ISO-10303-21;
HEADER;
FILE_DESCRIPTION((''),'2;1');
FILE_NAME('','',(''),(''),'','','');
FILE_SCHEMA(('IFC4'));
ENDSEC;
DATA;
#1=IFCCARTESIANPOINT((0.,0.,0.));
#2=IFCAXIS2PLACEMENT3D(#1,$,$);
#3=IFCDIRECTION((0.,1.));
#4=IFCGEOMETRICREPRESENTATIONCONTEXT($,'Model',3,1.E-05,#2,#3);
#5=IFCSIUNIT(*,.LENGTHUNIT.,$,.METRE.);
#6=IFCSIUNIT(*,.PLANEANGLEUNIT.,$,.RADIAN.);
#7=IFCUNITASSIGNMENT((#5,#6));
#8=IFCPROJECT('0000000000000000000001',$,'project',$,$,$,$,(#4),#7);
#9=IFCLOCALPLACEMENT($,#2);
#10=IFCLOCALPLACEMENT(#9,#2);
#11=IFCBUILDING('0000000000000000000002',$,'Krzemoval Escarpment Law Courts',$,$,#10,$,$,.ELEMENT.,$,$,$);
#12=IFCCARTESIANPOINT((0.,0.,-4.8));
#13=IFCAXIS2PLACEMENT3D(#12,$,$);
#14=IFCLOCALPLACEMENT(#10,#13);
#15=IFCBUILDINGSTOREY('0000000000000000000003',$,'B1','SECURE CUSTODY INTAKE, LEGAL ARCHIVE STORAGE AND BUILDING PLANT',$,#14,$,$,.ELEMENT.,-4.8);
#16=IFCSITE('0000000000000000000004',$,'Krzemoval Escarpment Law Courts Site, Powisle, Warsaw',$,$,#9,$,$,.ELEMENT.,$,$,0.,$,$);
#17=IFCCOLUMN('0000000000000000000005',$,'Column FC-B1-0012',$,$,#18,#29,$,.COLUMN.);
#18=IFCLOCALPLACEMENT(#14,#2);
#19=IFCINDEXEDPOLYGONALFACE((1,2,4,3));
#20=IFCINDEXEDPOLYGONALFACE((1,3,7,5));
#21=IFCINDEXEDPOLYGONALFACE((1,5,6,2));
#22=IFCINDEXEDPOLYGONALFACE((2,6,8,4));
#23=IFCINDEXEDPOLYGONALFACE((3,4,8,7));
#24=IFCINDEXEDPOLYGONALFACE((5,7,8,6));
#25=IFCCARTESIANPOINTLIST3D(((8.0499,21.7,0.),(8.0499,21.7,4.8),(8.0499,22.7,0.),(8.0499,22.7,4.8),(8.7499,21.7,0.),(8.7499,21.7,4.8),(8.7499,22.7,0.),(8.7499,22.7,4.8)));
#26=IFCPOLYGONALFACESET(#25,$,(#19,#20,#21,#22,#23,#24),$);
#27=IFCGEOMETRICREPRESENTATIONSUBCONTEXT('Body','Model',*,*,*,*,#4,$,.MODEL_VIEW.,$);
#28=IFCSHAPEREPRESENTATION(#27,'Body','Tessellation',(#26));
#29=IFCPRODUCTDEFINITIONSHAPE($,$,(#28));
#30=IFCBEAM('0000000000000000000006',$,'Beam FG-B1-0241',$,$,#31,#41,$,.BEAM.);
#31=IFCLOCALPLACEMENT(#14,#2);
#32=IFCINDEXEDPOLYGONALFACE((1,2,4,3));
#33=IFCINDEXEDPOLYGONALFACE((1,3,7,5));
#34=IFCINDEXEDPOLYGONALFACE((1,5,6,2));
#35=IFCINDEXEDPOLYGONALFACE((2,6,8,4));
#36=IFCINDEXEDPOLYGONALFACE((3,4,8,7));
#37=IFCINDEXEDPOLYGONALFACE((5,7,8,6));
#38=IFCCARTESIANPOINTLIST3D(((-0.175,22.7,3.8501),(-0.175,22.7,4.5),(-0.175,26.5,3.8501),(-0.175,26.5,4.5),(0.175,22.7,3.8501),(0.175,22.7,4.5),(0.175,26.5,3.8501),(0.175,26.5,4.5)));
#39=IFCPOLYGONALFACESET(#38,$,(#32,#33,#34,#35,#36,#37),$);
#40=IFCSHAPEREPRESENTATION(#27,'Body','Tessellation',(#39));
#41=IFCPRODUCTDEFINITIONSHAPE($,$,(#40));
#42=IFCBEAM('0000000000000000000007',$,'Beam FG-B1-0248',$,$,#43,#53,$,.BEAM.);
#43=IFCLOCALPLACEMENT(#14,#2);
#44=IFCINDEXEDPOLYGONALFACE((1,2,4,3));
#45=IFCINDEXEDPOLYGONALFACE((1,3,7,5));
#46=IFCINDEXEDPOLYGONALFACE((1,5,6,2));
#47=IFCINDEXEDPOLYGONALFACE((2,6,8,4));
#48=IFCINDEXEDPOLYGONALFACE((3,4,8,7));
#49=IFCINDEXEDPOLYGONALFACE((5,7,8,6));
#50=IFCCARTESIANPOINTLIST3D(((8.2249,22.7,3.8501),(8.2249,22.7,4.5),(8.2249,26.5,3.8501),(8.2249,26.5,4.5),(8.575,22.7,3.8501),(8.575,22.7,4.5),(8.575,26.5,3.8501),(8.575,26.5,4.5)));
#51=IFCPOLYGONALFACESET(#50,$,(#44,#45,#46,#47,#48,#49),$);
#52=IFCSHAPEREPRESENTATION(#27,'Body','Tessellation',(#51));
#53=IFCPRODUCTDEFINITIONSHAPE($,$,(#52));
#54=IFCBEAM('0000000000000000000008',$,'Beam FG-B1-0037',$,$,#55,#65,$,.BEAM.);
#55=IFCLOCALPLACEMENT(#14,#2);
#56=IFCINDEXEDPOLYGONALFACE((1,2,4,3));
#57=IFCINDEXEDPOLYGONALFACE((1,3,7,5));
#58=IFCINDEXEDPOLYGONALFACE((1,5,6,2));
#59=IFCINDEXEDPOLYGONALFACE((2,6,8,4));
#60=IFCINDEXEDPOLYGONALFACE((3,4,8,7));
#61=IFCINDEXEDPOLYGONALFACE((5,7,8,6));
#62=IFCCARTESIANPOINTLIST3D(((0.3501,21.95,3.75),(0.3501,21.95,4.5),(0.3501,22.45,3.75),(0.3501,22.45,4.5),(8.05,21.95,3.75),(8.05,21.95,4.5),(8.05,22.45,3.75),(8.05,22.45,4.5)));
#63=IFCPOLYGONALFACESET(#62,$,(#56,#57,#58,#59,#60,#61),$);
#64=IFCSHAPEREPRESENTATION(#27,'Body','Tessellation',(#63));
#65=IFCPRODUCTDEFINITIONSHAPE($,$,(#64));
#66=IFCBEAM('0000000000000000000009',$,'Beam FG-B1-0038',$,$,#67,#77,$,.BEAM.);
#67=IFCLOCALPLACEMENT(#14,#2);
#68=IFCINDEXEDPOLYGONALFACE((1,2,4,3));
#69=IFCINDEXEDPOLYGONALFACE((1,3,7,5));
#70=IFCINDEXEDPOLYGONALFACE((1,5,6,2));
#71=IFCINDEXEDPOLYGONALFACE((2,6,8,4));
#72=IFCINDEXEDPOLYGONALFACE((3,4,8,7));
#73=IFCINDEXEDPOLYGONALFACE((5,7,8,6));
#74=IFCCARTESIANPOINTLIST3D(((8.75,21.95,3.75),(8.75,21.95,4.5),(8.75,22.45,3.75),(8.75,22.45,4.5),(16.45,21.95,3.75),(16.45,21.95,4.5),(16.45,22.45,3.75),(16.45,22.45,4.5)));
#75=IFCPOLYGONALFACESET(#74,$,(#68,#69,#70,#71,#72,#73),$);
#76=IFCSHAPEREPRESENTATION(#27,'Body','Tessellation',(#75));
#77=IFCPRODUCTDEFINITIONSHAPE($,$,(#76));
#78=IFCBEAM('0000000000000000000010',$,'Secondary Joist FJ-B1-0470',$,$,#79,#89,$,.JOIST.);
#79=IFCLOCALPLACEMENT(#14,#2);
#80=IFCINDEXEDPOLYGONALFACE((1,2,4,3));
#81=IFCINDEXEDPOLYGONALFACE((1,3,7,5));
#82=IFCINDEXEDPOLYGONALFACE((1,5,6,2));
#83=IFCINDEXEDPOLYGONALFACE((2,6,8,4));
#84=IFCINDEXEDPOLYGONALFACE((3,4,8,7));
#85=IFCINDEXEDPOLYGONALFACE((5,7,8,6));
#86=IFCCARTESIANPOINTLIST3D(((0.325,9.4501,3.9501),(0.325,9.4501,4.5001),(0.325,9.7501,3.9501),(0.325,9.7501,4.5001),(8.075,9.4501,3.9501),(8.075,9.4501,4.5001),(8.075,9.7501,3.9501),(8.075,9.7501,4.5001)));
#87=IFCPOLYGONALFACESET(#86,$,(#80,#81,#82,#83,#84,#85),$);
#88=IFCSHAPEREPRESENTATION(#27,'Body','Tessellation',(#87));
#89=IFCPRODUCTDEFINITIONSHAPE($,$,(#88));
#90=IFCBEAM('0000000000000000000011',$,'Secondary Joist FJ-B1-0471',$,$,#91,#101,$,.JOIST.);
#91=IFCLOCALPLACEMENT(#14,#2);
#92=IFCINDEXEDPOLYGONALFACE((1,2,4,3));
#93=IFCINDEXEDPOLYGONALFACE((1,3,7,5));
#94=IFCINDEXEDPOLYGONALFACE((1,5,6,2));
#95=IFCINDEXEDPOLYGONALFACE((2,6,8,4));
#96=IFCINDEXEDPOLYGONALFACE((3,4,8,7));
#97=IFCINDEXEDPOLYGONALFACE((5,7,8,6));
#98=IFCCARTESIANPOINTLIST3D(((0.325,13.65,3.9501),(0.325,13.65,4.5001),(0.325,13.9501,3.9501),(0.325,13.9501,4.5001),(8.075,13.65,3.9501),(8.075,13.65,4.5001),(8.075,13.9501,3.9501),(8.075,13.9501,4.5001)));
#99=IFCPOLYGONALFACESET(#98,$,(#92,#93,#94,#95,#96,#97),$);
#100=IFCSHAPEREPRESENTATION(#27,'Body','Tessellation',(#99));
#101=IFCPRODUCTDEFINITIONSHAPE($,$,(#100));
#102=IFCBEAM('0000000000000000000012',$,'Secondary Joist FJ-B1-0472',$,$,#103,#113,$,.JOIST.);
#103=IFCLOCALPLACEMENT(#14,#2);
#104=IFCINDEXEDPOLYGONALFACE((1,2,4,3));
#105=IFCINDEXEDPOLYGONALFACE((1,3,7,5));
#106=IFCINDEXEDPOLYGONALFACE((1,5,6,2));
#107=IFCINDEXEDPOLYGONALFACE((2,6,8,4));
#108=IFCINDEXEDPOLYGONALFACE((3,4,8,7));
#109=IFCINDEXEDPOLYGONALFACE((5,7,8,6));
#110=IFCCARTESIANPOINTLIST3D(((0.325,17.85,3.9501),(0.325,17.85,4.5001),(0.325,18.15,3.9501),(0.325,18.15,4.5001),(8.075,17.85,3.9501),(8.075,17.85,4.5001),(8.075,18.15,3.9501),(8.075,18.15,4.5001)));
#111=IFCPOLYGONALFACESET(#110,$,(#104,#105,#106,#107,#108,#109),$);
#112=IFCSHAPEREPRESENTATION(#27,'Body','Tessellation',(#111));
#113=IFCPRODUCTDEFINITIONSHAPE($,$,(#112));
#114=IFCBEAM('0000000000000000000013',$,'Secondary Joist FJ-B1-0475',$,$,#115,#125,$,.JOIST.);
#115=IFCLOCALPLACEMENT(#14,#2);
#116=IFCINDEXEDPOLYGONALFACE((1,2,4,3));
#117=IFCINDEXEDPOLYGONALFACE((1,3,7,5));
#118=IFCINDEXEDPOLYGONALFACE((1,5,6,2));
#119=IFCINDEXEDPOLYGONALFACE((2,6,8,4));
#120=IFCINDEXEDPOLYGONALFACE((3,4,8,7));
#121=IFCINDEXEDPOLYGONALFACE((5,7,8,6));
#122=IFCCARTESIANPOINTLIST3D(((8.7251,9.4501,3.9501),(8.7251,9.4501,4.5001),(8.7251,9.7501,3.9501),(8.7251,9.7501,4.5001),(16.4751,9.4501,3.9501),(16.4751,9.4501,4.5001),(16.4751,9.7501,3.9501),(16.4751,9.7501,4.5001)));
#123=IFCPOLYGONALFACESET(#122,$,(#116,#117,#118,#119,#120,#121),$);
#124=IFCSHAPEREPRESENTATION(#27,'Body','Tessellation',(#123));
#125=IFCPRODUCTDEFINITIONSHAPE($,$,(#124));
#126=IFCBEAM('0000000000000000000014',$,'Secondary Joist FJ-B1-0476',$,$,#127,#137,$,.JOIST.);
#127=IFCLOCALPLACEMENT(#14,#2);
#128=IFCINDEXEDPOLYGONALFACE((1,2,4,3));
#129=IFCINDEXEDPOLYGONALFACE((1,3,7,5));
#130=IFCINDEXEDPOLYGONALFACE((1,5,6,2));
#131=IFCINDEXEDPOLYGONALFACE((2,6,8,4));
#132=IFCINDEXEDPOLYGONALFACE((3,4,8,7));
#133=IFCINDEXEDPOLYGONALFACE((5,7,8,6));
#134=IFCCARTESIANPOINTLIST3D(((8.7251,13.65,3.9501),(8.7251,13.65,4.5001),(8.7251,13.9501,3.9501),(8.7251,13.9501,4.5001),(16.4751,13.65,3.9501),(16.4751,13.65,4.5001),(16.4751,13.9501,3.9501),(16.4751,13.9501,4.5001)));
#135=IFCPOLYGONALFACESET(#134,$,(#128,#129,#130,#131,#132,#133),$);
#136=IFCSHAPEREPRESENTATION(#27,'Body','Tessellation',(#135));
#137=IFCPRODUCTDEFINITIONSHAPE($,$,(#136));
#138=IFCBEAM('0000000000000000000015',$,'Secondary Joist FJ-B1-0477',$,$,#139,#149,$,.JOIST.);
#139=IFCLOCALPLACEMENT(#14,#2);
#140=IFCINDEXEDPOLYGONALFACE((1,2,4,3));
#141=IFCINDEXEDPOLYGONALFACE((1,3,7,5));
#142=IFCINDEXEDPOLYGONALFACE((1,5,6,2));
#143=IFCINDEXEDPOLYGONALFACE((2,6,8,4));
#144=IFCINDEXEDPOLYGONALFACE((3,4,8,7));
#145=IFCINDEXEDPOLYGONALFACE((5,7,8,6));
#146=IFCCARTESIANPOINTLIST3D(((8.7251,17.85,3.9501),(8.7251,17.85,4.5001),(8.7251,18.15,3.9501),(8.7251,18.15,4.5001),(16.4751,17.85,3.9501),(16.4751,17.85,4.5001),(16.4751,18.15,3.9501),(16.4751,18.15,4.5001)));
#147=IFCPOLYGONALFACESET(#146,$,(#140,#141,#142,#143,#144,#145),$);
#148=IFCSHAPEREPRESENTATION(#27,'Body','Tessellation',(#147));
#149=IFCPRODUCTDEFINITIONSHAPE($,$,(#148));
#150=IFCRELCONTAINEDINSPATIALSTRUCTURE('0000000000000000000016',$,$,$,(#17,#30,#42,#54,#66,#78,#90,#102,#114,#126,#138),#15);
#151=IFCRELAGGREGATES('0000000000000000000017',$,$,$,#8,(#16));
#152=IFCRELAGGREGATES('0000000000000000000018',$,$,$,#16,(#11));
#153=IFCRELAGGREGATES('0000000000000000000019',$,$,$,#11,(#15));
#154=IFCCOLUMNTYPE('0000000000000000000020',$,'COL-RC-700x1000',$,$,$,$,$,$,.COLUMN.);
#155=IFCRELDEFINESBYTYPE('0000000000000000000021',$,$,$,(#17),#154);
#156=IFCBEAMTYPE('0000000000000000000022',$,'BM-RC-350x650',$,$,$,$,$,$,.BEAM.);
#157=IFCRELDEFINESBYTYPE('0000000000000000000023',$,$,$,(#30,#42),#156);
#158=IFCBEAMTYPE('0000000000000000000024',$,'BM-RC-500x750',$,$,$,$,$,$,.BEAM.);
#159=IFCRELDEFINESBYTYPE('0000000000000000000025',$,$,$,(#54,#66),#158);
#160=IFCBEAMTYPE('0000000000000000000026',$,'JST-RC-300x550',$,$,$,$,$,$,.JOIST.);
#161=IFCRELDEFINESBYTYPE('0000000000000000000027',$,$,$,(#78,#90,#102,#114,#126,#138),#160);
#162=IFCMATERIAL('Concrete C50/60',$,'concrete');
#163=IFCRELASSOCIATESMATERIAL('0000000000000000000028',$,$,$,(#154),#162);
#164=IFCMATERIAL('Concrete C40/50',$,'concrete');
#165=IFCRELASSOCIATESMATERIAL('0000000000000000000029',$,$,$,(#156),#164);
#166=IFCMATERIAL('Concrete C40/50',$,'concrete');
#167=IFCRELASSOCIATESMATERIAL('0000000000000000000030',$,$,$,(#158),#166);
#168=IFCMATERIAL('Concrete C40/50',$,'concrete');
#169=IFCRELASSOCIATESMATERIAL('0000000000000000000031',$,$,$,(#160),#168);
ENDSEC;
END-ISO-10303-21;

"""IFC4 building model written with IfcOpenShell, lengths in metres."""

from ifc_helpers import new_model, si_unit, direction, frame, origin, origin_2d, place, context, subcontext, project, spatial, rectangle, extrude, material, material_profile, profile_set, type_object, element, save


model = new_model("IFC4")

# Units and contexts
model_context = context("Model", 3, precision=1e-05, world=origin(), true_north=direction((0.0, 1.0)))
body_context = subcontext(model_context, "Body", "Model", "MODEL_VIEW")
ifc_project = project(units=[si_unit("LENGTHUNIT", "METRE"), si_unit("PLANEANGLEUNIT", "RADIAN")], contexts=[model_context])

# Site, building, storey
site_placement = place(None, origin())
site = spatial("IfcSite", under=ifc_project, at=site_placement, Name="Krzemoval Escarpment Law Courts Site, Powisle, Warsaw", CompositionType="ELEMENT", RefElevation=0.0)
building_placement = place(site_placement, origin())
building = spatial("IfcBuilding", under=site, at=building_placement, Name="Krzemoval Escarpment Law Courts", CompositionType="ELEMENT")
storey_placement = place(building_placement, frame((0.0, 0.0, -4.8)))
storey = spatial("IfcBuildingStorey", under=building, at=storey_placement, Name="B1", Description="SECURE CUSTODY INTAKE, LEGAL ARCHIVE STORAGE AND BUILDING PLANT", CompositionType="ELEMENT", Elevation=-4.8)

# Column
ifc_material_1 = material(Name="Concrete C50/60", Category="concrete")
ifc_material_profile_1 = material_profile(ifc_material_1, rectangle(XDim=0.7, YDim=1.0, at=origin_2d()), Name="RC 700x1000")
ifc_profile_set_1 = profile_set([ifc_material_profile_1], Name="Concrete C50/60")
column_type = type_object("IfcColumnType", Name="COL-RC-700x1000", PredefinedType="COLUMN", material=ifc_profile_set_1)
for number, where, z_axis, x_axis, name in (
    (1, (8.3999, 22.2, 0.0), (0.0, 0.0, 1.0), (1.0, 0.0, 0.0), "Column FC-B1-0012"),
):
    element("IfcColumn", number, at=place(storey_placement, frame(where, z_axis=z_axis, x_axis=x_axis)), inside=storey, type_object=column_type, Name=name, PredefinedType="COLUMN", context=body_context, shape_type="SweptSolid", body=[
        extrude(rectangle(XDim=0.7, YDim=1.0, at=origin_2d()), origin(), (0.0, 0.0, 1.0), 4.8),
    ])

# Beams
ifc_material_2 = material(Name="Concrete C40/50", Category="concrete")
ifc_material_profile_2 = material_profile(ifc_material_2, rectangle(XDim=0.3501, YDim=0.6499, at=origin_2d()), Name="RCB 350x650")
ifc_profile_set_2 = profile_set([ifc_material_profile_2], Name="Concrete C40/50")
beam_type_1 = type_object("IfcBeamType", Name="BM-RC-350x650", PredefinedType="BEAM", material=ifc_profile_set_2)
for number, where, z_axis, x_axis, name in (
    (2, (0.0, 22.7, 4.175), (0.0, 1.0, 0.0), (-1.0, 0.0, 0.0), "Beam FG-B1-0241"),
    (3, (8.3999, 22.7, 4.175), (0.0, 1.0, 0.0), (-1.0, 0.0, 0.0), "Beam FG-B1-0248"),
):
    element("IfcBeam", number, at=place(storey_placement, frame(where, z_axis=z_axis, x_axis=x_axis)), inside=storey, type_object=beam_type_1, Name=name, PredefinedType="BEAM", context=body_context, shape_type="SweptSolid", body=[
        extrude(rectangle(XDim=0.3501, YDim=0.6499, at=origin_2d()), origin(), (0.0, 0.0, 1.0), 3.8),
    ])
ifc_material_3 = material(Name="Concrete C40/50", Category="concrete")
ifc_material_profile_3 = material_profile(ifc_material_3, rectangle(XDim=0.5, YDim=0.75, at=origin_2d()), Name="RCB 500x750")
ifc_profile_set_3 = profile_set([ifc_material_profile_3], Name="Concrete C40/50")
beam_type_2 = type_object("IfcBeamType", Name="BM-RC-500x750", PredefinedType="BEAM", material=ifc_profile_set_3)
for number, where, z_axis, x_axis, name in (
    (4, (0.3501, 22.2, 4.125), (1.0, 0.0, 0.0), (0.0, 1.0, 0.0), "Beam FG-B1-0037"),
    (5, (8.75, 22.2, 4.125), (1.0, 0.0, 0.0), (0.0, 1.0, 0.0), "Beam FG-B1-0038"),
):
    element("IfcBeam", number, at=place(storey_placement, frame(where, z_axis=z_axis, x_axis=x_axis)), inside=storey, type_object=beam_type_2, Name=name, PredefinedType="BEAM", context=body_context, shape_type="SweptSolid", body=[
        extrude(rectangle(XDim=0.5, YDim=0.75, at=origin_2d()), origin(), (0.0, 0.0, 1.0), 7.7),
    ])
ifc_material_4 = material(Name="Concrete C40/50", Category="concrete")
ifc_material_profile_4 = material_profile(ifc_material_4, rectangle(XDim=0.3, YDim=0.55, at=origin_2d()), Name="RCB 300x550")
ifc_profile_set_4 = profile_set([ifc_material_profile_4], Name="Concrete C40/50")
beam_type_3 = type_object("IfcBeamType", Name="JST-RC-300x550", PredefinedType="JOIST", material=ifc_profile_set_4)
for number, where, z_axis, x_axis, name in (
    (6, (0.325, 9.6001, 4.2251), (1.0, 0.0, 0.0), (0.0, 1.0, 0.0), "Secondary Joist FJ-B1-0470"),
    (7, (0.325, 13.8, 4.2251), (1.0, 0.0, 0.0), (0.0, 1.0, 0.0), "Secondary Joist FJ-B1-0471"),
    (8, (0.325, 18.0, 4.2251), (1.0, 0.0, 0.0), (0.0, 1.0, 0.0), "Secondary Joist FJ-B1-0472"),
    (9, (8.7251, 9.6001, 4.2251), (1.0, 0.0, 0.0), (0.0, 1.0, 0.0), "Secondary Joist FJ-B1-0475"),
    (10, (8.7251, 13.8, 4.2251), (1.0, 0.0, 0.0), (0.0, 1.0, 0.0), "Secondary Joist FJ-B1-0476"),
    (11, (8.7251, 18.0, 4.2251), (1.0, 0.0, 0.0), (0.0, 1.0, 0.0), "Secondary Joist FJ-B1-0477"),
):
    element("IfcBeam", number, at=place(storey_placement, frame(where, z_axis=z_axis, x_axis=x_axis)), inside=storey, type_object=beam_type_3, Name=name, PredefinedType="JOIST", context=body_context, shape_type="SweptSolid", body=[
        extrude(rectangle(XDim=0.3, YDim=0.55, at=origin_2d()), origin(), (0.0, 0.0, 1.0), 7.75),
    ])

save(model, "model.ifc")
